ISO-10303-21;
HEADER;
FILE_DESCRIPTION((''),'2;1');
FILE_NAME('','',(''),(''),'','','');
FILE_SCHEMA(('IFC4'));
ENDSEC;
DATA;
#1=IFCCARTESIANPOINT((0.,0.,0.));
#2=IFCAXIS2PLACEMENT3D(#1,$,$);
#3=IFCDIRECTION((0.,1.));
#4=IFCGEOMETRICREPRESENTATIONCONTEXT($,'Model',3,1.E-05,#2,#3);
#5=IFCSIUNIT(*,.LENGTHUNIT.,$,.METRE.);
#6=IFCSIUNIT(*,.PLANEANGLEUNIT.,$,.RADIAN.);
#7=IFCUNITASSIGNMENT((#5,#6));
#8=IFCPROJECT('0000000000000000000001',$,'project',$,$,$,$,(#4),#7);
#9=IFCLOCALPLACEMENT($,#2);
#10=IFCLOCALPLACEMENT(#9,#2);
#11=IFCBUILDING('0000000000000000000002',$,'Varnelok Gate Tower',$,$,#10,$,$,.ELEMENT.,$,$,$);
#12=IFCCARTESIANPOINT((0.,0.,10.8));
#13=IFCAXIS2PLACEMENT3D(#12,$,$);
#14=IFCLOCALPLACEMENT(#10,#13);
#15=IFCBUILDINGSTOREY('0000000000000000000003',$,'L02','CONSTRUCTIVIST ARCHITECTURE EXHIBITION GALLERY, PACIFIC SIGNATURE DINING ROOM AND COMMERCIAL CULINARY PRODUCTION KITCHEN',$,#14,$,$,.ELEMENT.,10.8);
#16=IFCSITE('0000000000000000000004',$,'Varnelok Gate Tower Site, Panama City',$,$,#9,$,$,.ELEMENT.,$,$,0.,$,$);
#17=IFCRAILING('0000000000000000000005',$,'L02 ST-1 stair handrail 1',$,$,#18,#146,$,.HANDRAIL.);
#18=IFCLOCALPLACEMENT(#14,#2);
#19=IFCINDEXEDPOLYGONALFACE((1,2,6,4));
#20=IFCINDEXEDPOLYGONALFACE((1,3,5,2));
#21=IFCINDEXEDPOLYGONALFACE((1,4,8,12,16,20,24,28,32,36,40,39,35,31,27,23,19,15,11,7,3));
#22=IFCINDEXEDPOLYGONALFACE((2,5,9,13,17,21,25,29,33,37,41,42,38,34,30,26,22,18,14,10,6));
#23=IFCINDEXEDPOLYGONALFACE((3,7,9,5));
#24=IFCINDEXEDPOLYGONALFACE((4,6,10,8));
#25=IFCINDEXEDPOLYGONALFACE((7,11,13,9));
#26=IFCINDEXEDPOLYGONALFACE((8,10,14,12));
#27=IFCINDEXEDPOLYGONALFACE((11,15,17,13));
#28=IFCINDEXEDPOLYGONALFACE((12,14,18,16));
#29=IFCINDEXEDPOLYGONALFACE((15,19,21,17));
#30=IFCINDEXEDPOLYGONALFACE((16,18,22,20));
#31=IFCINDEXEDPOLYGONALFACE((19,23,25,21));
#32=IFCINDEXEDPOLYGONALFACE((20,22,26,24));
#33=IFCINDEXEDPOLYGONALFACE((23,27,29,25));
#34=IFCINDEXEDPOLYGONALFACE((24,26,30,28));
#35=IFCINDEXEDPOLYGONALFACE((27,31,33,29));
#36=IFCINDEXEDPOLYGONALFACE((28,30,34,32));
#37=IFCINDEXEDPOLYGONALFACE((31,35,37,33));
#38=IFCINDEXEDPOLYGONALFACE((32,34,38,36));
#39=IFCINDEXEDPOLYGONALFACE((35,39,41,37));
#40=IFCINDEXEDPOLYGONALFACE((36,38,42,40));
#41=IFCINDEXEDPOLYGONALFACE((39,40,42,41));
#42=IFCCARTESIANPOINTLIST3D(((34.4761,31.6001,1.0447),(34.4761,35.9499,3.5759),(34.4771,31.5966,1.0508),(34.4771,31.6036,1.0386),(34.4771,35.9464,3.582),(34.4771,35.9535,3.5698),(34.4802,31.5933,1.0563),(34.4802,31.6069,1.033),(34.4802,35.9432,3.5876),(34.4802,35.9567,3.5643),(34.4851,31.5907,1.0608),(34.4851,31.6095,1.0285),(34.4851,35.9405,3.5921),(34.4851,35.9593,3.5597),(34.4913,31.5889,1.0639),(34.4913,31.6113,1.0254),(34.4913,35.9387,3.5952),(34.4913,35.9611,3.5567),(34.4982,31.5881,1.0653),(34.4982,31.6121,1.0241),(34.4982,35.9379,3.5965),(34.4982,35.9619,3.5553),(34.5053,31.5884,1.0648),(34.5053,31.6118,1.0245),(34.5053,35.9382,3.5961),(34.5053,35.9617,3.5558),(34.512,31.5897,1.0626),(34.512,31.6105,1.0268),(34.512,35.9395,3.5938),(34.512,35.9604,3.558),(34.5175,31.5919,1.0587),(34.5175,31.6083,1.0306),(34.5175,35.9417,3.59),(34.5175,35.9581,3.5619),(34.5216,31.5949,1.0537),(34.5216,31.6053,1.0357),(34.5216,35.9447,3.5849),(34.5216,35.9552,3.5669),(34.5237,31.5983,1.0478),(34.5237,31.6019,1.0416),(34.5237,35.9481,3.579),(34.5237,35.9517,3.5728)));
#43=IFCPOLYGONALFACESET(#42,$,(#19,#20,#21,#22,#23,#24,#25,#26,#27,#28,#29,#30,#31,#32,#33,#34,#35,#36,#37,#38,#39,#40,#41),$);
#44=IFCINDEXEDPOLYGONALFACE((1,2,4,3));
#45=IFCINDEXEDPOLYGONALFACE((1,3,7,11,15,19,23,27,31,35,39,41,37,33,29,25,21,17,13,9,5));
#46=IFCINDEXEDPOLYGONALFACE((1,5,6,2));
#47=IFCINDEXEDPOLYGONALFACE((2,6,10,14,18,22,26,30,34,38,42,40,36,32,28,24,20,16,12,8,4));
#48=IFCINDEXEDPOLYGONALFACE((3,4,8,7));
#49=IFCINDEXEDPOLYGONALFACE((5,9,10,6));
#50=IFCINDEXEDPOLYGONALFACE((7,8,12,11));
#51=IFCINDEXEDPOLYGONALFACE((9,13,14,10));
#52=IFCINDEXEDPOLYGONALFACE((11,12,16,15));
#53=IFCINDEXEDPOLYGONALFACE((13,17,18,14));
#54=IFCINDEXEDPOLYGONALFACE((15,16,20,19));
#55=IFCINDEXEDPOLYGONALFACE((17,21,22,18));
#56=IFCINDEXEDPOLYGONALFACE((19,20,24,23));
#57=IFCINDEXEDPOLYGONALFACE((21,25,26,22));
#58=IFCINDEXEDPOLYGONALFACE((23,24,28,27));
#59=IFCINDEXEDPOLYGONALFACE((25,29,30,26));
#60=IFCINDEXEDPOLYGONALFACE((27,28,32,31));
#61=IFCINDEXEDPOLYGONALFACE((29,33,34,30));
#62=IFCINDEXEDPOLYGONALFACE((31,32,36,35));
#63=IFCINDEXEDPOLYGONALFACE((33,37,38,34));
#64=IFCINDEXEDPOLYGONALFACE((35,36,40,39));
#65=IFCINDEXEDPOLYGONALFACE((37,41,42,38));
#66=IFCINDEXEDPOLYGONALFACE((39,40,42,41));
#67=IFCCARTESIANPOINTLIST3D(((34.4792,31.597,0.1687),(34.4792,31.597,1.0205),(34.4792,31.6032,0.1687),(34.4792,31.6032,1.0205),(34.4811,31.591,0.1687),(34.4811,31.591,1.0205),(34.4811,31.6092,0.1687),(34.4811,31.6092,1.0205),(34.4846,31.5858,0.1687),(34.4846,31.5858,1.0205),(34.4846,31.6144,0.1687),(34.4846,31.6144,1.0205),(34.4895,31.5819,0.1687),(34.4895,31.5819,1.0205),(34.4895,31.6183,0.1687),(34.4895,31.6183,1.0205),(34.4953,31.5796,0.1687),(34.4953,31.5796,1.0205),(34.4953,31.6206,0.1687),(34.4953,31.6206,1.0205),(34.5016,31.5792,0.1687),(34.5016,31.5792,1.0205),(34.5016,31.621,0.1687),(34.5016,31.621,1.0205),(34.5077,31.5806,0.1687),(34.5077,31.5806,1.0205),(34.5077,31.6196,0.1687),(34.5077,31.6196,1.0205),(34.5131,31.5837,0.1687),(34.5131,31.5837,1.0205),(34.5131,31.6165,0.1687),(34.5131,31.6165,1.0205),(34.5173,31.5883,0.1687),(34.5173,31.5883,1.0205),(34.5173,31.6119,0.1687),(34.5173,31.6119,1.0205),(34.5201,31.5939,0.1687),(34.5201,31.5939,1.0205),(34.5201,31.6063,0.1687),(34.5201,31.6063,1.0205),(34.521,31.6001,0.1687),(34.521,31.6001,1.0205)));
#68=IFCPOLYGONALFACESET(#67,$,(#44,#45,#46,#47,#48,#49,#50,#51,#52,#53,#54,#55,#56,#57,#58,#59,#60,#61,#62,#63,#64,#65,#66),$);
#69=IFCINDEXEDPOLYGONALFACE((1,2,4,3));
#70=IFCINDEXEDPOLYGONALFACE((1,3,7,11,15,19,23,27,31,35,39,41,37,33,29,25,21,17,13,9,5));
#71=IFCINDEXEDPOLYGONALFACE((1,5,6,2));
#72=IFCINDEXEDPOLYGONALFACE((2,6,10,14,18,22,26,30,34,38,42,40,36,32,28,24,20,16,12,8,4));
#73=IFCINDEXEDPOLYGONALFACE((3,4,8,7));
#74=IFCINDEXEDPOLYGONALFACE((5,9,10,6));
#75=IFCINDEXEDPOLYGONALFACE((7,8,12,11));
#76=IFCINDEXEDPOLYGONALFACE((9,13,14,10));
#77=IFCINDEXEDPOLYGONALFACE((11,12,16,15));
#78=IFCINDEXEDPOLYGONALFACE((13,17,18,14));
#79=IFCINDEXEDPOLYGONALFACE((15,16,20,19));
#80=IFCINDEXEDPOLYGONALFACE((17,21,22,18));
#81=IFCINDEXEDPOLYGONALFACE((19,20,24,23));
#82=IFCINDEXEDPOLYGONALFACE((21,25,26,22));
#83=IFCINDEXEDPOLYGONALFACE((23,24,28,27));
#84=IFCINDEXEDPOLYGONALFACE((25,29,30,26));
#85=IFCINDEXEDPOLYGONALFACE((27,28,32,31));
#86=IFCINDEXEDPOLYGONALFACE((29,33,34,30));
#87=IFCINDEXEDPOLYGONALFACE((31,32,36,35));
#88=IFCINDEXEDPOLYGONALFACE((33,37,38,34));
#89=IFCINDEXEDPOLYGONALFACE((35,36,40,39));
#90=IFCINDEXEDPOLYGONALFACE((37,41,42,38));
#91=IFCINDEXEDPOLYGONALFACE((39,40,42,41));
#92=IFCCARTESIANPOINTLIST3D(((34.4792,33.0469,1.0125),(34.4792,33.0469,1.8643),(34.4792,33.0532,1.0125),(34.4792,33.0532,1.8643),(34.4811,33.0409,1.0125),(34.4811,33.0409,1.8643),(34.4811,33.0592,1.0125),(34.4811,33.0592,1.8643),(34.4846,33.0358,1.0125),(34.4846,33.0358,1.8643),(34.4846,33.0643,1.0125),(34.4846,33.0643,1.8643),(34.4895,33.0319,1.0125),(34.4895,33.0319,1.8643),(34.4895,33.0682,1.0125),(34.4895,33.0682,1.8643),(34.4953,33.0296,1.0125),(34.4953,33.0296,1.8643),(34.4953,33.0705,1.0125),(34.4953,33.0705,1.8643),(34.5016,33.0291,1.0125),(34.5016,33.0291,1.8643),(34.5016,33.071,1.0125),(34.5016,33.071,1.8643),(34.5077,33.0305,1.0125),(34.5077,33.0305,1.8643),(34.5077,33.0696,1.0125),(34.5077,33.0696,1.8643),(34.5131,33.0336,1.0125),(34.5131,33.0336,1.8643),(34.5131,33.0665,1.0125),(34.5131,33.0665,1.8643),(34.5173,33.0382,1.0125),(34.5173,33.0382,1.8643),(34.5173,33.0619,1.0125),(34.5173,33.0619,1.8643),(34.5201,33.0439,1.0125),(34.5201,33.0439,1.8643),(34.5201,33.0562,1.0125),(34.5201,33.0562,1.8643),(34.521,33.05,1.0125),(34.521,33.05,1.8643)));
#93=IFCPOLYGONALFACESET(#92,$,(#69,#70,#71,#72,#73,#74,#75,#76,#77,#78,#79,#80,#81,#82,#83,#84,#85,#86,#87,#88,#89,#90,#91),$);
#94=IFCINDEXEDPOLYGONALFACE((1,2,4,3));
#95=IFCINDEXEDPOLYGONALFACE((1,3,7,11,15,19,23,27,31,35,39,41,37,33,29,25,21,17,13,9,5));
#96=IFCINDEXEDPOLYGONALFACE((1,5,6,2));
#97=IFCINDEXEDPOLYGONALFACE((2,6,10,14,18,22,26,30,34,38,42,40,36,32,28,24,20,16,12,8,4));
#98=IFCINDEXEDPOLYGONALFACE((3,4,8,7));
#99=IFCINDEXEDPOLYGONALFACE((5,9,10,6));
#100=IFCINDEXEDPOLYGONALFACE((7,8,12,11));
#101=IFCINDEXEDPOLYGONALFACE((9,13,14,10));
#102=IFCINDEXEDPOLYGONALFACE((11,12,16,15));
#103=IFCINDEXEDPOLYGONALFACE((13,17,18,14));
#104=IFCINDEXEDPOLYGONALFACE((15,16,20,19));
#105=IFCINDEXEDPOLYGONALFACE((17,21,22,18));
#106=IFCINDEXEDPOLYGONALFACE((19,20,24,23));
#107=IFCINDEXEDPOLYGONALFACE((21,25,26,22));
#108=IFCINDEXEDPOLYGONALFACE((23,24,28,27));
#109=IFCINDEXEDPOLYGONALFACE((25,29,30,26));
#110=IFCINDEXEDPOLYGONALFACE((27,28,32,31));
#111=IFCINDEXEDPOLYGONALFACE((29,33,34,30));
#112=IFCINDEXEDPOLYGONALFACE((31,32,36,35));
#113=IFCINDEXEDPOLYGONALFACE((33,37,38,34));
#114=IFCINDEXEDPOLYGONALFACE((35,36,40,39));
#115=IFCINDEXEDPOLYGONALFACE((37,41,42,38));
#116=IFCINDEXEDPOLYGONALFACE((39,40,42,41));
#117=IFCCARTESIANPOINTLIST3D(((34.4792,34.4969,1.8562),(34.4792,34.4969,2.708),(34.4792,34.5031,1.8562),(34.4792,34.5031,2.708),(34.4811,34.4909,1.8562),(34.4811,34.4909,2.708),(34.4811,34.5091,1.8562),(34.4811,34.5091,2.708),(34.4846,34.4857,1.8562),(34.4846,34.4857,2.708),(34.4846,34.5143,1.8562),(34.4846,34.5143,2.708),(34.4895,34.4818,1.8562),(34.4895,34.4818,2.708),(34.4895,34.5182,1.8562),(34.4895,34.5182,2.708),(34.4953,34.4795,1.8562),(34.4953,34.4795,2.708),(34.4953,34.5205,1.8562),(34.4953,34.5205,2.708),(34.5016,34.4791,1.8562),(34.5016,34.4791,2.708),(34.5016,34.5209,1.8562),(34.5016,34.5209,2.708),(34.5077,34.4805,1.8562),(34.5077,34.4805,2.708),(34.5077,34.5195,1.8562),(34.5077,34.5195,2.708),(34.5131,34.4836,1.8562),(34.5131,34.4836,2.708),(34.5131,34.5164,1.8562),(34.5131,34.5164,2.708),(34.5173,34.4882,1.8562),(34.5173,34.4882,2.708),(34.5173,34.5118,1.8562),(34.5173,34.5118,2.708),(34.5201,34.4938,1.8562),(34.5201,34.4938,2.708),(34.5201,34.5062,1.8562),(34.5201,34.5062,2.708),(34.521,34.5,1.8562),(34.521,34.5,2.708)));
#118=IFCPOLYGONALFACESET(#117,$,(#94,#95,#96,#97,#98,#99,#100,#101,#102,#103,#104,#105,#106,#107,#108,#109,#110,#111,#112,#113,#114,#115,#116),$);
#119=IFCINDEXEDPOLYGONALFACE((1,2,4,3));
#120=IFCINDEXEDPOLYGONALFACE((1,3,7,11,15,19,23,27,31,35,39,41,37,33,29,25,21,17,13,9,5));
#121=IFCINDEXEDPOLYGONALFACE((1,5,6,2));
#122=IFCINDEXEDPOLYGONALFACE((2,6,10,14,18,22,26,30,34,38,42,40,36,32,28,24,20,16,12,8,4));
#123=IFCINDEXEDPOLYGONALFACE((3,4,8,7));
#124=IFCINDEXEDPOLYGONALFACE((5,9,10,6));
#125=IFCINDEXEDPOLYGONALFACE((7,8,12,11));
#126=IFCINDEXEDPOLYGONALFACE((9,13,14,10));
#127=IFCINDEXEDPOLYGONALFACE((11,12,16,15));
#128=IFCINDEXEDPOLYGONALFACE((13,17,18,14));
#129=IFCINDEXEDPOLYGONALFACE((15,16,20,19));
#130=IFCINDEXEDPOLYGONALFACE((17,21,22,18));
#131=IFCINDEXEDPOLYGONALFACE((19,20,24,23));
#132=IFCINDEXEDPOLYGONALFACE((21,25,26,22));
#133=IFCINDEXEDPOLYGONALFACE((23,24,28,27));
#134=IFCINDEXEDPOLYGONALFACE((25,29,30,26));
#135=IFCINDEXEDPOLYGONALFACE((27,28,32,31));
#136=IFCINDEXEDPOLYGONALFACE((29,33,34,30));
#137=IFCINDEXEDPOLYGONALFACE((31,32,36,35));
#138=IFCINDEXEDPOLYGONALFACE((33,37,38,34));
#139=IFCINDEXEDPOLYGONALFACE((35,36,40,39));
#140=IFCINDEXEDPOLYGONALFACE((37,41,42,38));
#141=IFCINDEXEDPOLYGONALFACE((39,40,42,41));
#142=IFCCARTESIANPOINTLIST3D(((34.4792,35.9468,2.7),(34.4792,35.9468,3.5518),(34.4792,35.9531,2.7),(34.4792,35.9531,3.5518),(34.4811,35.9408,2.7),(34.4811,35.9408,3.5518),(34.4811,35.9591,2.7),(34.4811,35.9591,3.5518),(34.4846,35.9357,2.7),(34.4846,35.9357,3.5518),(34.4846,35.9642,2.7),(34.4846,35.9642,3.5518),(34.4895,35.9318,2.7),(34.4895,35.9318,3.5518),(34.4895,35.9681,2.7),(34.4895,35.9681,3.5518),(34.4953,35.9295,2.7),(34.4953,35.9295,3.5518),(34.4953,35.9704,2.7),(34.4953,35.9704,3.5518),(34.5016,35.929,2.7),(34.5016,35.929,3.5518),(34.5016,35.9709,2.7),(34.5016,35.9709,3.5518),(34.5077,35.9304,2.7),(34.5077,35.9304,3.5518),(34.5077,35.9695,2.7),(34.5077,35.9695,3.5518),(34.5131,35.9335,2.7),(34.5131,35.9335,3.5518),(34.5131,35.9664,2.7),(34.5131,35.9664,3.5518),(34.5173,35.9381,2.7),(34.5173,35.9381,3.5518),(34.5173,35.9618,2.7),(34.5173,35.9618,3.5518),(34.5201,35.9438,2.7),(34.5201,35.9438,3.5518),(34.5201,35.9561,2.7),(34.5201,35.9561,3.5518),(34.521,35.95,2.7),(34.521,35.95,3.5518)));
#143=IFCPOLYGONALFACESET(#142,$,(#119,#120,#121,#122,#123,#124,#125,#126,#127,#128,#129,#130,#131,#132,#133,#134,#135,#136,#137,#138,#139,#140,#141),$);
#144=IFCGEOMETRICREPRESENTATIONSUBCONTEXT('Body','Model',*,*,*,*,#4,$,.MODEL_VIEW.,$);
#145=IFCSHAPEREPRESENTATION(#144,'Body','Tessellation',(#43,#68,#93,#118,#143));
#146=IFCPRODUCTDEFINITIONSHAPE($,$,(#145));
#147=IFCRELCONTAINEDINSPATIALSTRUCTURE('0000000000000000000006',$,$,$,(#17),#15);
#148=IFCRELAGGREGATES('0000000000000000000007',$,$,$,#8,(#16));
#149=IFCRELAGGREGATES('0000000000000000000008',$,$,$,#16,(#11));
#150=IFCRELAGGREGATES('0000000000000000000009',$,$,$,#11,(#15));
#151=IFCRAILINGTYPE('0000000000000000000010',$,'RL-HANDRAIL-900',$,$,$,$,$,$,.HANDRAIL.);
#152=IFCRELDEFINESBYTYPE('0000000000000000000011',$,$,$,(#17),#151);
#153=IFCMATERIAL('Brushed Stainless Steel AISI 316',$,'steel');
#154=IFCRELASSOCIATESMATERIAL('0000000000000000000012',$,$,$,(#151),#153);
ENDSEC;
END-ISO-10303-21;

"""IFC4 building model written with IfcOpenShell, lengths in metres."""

from ifc_helpers import new_model, si_unit, direction, frame, origin, origin_2d, place, context, subcontext, project, spatial, circle, extrude, material, type_object, element, save


model = new_model("IFC4")

# Units and contexts
model_context = context("Model", 3, precision=1e-05, world=origin(), true_north=direction((0.0, 1.0)))
body_context = subcontext(model_context, "Body", "Model", "MODEL_VIEW")
ifc_project = project(units=[si_unit("LENGTHUNIT", "METRE"), si_unit("PLANEANGLEUNIT", "RADIAN")], contexts=[model_context])

# Site, building, storey
site_placement = place(None, origin())
site = spatial("IfcSite", under=ifc_project, at=site_placement, Name="Varnelok Gate Tower Site, Panama City", CompositionType="ELEMENT", RefElevation=0.0)
building_placement = place(site_placement, origin())
building = spatial("IfcBuilding", under=site, at=building_placement, Name="Varnelok Gate Tower", CompositionType="ELEMENT")
storey_placement = place(building_placement, frame((0.0, 0.0, 10.8)))
storey = spatial("IfcBuildingStorey", under=building, at=storey_placement, Name="L02", Description="CONSTRUCTIVIST ARCHITECTURE EXHIBITION GALLERY, PACIFIC SIGNATURE DINING ROOM AND COMMERCIAL CULINARY PRODUCTION KITCHEN", CompositionType="ELEMENT", Elevation=10.8)

# Railing
ifc_material_1 = material(Name="Brushed Stainless Steel AISI 316", Category="steel")
railing_type_1 = type_object("IfcRailingType", Name="RL-HANDRAIL-900", PredefinedType="HANDRAIL", material=ifc_material_1)
railing_1_placement = place(storey_placement, frame((34.5, 31.6001, 0.1687)))
element("IfcRailing", 1, at=railing_1_placement, inside=storey, type_object=railing_type_1, Name="L02 ST-1 stair handrail 1", PredefinedType="HANDRAIL", context=body_context, shape_type="SweptSolid", body=[
    extrude(circle(Radius=0.0239, at=origin_2d()), frame((0.0, 0.0, 0.876), z_axis=(0.0, 0.864312, 0.502957), x_axis=(-1.0, 0.0, 0.0)), (0.0, 0.0, 1.0), 5.0327),
    extrude(circle(Radius=0.021, at=origin_2d()), origin(), (0.0, 0.0, 1.0), 0.8518),
    extrude(circle(Radius=0.021, at=origin_2d()), frame((0.0, 1.45, 0.8438)), (0.0, 0.0, 1.0), 0.8518),
    extrude(circle(Radius=0.021, at=origin_2d()), frame((0.0, 2.8999, 1.6875)), (0.0, 0.0, 1.0), 0.8518),
    extrude(circle(Radius=0.021, at=origin_2d()), frame((0.0, 4.3499, 2.5312)), (0.0, 0.0, 1.0), 0.8518),
])

save(model, "model.ifc")
